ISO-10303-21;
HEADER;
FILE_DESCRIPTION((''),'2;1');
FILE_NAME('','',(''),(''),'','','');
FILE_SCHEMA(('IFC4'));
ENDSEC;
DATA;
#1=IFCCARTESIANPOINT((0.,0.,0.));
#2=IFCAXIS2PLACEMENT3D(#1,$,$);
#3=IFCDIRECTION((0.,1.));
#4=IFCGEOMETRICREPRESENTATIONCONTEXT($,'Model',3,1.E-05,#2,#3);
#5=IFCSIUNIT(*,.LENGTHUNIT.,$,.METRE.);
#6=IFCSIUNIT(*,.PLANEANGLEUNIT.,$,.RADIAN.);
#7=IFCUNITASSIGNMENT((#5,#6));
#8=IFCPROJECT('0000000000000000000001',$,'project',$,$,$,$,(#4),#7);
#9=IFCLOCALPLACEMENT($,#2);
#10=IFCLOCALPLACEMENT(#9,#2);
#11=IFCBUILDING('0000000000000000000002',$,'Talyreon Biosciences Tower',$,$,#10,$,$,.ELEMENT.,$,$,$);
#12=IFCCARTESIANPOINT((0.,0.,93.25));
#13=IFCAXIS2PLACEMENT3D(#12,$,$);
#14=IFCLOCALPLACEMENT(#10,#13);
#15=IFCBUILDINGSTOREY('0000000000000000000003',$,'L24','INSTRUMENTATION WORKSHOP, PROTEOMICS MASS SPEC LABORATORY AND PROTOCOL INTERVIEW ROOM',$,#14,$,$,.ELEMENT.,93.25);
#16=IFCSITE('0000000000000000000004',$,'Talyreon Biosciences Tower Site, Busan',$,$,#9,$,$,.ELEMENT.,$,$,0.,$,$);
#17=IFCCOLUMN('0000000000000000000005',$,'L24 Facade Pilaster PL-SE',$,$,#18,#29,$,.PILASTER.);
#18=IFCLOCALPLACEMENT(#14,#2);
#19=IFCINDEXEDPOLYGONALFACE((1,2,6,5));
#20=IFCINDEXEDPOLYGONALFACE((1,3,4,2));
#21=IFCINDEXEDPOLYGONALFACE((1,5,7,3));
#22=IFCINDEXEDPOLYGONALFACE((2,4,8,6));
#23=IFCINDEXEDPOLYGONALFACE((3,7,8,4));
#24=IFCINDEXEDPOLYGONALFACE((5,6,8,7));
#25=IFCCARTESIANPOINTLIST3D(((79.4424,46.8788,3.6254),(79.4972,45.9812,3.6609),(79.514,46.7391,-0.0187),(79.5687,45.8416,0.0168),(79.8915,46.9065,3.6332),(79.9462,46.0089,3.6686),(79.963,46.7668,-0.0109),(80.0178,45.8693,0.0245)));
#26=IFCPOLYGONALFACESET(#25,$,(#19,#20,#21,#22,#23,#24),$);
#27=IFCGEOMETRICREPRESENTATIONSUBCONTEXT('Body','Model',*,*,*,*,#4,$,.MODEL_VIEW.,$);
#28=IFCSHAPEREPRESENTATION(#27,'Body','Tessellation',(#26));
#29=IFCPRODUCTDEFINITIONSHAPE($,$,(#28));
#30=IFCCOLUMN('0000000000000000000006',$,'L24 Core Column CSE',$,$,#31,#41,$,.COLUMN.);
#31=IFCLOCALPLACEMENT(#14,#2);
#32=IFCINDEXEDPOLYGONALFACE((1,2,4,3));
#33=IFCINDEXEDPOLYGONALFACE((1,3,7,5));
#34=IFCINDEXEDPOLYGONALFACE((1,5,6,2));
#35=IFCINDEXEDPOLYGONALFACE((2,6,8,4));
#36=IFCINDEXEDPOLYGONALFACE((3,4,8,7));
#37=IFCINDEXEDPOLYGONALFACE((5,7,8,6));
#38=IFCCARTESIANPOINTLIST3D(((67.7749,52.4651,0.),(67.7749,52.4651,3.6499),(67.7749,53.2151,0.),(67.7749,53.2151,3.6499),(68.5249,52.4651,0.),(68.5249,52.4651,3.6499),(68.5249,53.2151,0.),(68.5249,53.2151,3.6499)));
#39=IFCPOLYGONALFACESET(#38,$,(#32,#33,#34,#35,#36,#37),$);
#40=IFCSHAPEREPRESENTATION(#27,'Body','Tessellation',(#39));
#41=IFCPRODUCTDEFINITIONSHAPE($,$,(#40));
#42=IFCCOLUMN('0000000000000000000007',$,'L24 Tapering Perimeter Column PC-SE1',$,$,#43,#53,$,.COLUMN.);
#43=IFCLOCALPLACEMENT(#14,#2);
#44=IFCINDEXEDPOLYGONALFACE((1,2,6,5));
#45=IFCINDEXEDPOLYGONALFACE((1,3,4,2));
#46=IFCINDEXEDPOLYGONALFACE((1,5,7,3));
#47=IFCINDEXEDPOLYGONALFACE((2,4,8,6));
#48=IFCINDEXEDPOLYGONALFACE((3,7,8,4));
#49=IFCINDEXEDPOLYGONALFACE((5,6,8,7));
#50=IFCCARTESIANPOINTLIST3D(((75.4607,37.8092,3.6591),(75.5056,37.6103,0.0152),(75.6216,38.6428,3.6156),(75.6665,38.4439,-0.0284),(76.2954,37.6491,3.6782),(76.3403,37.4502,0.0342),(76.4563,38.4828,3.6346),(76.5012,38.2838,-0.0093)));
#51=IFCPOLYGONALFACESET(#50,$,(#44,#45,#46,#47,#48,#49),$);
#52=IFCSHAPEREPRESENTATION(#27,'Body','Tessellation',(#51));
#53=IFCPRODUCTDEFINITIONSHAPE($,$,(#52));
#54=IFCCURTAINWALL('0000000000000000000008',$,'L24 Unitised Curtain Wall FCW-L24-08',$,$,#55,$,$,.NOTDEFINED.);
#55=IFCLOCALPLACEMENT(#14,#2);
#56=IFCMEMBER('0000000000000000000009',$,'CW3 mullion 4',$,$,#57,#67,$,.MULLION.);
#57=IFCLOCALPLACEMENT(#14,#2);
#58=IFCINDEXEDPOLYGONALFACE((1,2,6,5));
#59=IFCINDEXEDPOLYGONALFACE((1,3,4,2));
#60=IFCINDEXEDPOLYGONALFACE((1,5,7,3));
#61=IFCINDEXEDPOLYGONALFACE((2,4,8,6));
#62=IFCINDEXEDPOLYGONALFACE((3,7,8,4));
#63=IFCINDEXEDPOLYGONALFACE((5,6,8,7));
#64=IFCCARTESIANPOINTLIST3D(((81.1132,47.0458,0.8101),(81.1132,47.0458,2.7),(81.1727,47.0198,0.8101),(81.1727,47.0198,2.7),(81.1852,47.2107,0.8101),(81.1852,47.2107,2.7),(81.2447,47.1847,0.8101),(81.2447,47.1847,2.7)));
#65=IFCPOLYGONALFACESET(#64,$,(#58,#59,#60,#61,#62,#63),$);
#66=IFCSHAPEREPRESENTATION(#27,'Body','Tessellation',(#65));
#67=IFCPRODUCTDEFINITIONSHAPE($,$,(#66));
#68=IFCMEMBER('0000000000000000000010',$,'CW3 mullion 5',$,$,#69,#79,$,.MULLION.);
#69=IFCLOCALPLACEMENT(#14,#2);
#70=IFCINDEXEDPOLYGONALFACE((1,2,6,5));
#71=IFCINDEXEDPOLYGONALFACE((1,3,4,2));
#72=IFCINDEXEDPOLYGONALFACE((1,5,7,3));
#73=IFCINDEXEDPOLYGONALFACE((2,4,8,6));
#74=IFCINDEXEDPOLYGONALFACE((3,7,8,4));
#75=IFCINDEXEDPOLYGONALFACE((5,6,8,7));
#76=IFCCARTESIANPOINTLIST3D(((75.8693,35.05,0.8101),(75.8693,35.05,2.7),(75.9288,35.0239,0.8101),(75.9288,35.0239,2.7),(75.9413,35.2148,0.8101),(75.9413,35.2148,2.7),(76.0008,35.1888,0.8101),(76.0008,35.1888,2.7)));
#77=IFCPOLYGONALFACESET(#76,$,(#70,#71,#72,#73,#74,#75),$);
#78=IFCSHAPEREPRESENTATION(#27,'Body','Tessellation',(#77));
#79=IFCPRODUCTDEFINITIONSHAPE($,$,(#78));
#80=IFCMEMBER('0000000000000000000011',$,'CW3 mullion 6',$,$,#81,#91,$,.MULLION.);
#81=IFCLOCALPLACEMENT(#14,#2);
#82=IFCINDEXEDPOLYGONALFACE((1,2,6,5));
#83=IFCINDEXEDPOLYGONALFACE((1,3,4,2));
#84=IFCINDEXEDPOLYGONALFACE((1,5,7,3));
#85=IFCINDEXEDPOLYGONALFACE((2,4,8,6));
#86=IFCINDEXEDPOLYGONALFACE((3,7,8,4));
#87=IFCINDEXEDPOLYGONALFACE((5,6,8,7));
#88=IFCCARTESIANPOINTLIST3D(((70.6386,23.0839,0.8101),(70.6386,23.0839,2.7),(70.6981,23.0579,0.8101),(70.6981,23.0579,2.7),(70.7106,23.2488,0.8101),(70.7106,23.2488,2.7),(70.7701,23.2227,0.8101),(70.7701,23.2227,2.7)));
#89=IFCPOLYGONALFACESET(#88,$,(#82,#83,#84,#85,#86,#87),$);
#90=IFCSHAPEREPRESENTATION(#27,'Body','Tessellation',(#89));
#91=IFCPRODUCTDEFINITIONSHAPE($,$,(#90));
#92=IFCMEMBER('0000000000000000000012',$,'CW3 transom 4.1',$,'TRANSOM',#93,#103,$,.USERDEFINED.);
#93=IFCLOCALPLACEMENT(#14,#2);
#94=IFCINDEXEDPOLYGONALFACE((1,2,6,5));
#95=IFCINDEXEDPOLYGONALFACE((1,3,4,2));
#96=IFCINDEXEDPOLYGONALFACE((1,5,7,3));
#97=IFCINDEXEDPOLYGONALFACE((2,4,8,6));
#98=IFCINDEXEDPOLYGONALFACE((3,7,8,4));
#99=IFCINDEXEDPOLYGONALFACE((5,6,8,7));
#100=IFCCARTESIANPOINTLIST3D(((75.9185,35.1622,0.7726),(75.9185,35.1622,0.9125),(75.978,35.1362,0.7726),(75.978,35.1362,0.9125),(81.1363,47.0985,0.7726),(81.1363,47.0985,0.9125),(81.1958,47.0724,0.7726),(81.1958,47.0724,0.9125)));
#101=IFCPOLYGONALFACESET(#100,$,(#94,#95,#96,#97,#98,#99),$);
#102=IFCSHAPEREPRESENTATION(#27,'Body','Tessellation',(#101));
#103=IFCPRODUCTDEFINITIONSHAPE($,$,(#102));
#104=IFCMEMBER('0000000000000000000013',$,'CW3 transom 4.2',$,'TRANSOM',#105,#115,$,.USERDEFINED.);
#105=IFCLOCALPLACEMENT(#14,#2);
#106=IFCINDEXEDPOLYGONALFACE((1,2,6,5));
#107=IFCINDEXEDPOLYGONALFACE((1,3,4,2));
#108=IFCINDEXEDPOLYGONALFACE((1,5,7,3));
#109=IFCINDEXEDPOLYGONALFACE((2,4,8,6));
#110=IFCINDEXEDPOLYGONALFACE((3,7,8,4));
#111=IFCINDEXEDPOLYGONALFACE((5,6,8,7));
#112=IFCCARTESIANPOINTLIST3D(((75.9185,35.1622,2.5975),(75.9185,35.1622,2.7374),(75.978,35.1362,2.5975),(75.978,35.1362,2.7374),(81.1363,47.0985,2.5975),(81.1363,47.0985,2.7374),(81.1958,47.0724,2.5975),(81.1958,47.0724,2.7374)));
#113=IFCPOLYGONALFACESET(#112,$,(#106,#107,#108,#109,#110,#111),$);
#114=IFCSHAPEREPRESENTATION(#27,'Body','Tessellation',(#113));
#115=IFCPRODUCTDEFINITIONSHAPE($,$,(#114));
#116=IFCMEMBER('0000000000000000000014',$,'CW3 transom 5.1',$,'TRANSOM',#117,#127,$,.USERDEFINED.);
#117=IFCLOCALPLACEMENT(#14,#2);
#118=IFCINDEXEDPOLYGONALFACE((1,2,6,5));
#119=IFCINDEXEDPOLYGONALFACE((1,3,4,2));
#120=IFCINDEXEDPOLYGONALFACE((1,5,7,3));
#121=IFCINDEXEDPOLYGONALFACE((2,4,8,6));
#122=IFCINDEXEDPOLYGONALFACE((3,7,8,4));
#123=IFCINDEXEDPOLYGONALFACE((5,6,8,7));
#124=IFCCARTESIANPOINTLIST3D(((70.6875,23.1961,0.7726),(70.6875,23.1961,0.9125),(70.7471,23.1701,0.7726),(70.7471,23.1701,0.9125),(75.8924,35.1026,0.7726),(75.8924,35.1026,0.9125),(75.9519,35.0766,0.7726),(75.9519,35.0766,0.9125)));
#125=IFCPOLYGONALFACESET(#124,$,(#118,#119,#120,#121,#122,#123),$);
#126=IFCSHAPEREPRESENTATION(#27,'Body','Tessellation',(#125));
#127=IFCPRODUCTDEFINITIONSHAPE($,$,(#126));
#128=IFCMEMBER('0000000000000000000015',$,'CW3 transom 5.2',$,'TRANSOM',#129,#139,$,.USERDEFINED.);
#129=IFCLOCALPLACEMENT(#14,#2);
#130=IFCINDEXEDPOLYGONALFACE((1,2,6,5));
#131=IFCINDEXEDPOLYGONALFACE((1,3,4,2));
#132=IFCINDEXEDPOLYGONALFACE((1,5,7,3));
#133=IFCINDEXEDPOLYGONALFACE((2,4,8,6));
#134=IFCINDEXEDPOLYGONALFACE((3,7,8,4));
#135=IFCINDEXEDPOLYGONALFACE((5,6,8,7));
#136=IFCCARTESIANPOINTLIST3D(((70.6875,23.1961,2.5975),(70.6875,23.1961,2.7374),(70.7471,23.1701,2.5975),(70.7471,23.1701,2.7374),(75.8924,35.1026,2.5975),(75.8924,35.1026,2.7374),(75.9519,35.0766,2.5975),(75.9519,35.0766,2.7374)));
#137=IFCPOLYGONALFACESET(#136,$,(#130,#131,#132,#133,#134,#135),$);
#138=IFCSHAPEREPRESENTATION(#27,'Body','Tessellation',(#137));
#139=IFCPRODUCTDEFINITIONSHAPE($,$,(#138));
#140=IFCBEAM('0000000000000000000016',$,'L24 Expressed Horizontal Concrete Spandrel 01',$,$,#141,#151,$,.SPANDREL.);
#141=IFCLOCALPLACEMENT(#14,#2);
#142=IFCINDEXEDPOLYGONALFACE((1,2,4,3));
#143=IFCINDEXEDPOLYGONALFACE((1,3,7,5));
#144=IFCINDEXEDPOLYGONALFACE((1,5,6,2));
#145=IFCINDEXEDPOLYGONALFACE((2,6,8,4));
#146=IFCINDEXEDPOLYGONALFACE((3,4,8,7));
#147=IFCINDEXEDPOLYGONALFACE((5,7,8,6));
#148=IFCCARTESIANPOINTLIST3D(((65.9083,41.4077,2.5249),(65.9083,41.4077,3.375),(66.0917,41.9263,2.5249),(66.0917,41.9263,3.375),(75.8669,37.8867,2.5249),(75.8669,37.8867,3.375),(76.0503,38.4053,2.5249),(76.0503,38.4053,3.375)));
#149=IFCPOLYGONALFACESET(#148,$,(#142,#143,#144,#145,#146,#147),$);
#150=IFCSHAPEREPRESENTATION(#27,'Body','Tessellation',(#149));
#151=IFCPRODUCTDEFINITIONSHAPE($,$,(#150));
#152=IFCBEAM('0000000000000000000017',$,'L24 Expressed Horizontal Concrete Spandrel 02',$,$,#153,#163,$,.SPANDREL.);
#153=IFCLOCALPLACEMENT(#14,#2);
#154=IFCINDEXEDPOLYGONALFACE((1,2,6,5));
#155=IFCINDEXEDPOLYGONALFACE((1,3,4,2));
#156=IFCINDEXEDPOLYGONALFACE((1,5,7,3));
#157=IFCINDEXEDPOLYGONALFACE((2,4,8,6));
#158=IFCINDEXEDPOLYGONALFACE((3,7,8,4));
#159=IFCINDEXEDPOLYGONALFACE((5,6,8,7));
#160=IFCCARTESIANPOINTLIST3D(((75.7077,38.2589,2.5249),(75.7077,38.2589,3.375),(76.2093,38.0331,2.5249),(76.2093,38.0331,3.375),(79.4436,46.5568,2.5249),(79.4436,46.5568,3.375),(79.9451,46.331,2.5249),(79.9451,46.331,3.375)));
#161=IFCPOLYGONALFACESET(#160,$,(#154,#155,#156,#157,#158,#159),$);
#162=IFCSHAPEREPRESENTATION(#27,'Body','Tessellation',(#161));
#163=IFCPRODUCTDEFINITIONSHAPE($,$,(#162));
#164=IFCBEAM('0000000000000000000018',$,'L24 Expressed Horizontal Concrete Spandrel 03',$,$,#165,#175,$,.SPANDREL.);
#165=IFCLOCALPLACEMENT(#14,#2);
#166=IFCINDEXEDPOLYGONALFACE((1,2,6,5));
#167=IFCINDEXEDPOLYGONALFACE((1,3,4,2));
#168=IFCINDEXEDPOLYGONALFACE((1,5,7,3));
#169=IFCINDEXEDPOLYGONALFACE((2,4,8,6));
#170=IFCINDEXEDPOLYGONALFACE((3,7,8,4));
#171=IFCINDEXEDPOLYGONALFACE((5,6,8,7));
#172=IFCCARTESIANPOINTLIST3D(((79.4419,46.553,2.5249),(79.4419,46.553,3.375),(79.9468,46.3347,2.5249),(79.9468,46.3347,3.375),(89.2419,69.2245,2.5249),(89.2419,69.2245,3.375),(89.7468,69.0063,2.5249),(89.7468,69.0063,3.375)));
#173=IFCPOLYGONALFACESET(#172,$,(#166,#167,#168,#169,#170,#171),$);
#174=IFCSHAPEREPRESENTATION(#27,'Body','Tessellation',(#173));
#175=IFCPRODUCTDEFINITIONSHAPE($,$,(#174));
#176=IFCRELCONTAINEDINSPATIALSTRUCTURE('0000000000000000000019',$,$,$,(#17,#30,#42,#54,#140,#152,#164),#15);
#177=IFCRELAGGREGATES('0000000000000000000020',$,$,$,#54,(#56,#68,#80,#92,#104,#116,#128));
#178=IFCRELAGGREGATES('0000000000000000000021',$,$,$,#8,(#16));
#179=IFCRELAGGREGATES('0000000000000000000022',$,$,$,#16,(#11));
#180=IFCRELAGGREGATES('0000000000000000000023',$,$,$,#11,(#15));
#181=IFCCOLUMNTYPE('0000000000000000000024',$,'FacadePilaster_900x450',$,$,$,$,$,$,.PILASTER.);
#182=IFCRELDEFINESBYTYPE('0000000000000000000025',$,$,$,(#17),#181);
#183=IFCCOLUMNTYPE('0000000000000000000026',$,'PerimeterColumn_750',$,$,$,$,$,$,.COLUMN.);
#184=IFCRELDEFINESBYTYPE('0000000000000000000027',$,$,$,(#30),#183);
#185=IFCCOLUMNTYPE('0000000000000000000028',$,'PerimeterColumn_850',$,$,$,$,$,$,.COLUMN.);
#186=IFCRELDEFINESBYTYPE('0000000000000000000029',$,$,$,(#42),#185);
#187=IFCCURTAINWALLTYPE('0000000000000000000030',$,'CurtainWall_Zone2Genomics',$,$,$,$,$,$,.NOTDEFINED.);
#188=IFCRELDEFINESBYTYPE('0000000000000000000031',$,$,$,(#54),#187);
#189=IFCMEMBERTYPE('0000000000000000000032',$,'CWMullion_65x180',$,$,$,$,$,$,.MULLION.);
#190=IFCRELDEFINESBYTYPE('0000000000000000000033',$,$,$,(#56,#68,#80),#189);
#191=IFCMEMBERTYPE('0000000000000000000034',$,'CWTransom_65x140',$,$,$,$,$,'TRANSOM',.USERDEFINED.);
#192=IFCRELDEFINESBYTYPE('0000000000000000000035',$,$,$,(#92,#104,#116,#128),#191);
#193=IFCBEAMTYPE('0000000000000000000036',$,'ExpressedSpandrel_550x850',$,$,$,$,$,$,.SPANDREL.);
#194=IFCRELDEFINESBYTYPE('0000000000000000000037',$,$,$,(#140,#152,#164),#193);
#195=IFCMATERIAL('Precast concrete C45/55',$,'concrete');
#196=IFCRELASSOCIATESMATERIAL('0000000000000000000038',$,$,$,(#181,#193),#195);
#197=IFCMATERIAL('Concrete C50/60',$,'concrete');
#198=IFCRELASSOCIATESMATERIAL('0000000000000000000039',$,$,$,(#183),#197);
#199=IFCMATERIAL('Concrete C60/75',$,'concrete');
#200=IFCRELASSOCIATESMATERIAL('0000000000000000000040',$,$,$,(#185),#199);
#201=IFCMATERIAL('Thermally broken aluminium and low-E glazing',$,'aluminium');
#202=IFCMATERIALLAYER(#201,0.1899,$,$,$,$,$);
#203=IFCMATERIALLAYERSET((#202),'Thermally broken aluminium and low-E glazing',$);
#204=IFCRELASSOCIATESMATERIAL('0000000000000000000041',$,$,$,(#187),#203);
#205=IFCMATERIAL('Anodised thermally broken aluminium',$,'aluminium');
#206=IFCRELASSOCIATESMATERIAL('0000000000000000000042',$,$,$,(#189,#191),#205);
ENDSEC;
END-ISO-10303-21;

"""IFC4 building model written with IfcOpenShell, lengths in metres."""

from ifc_helpers import new_model, si_unit, direction, frame, origin, origin_2d, place, context, subcontext, project, spatial, rectangle, extrude, material, layer, layer_set, material_profile, profile_set, type_object, element, aggregate, save


model = new_model("IFC4")

# Units and contexts
model_context = context("Model", 3, precision=1e-05, world=origin(), true_north=direction((0.0, 1.0)))
body_context = subcontext(model_context, "Body", "Model", "MODEL_VIEW")
ifc_project = project(units=[si_unit("LENGTHUNIT", "METRE"), si_unit("PLANEANGLEUNIT", "RADIAN")], contexts=[model_context])

# Site, building, storey
site_placement = place(None, origin())
site = spatial("IfcSite", under=ifc_project, at=site_placement, Name="Talyreon Biosciences Tower Site, Busan", CompositionType="ELEMENT", RefElevation=0.0)
building_placement = place(site_placement, origin())
building = spatial("IfcBuilding", under=site, at=building_placement, Name="Talyreon Biosciences Tower", CompositionType="ELEMENT")
storey_placement = place(building_placement, frame((0.0, 0.0, 93.25)))
storey = spatial("IfcBuildingStorey", under=building, at=storey_placement, Name="L24", Description="INSTRUMENTATION WORKSHOP, PROTEOMICS MASS SPEC LABORATORY AND PROTOCOL INTERVIEW ROOM", CompositionType="ELEMENT", Elevation=93.25)

# Columns
ifc_material_1 = material(Name="Precast concrete C45/55", Category="concrete")
ifc_material_profile_1 = material_profile(ifc_material_1, rectangle(XDim=0.8999, YDim=0.45, at=origin_2d()), Name="RC 900x450")
ifc_profile_set_1 = profile_set([ifc_material_profile_1], Name="Precast concrete C45/55")
column_type_1 = type_object("IfcColumnType", Name="FacadePilaster_900x450", PredefinedType="PILASTER", material=ifc_profile_set_1)
column_1_placement = place(storey_placement, frame((79.7659, 46.3042, 0.0029), z_axis=(-0.019612, 0.038287, 0.999074), x_axis=(0.060858, -0.997368, 0.039416)))
element("IfcColumn", 1, at=column_1_placement, inside=storey, type_object=column_type_1, Name="L24 Facade Pilaster PL-SE", PredefinedType="PILASTER", context=body_context, shape_type="SweptSolid", body=[
    extrude(rectangle(XDim=0.8999, YDim=0.45, at=origin_2d()), origin(), (0.0, 0.0, 1.0), 3.6475),
])
ifc_material_2 = material(Name="Concrete C50/60", Category="concrete")
ifc_material_profile_2 = material_profile(ifc_material_2, rectangle(XDim=0.75, YDim=0.75, at=origin_2d()), Name="RC 750x750")
ifc_profile_set_2 = profile_set([ifc_material_profile_2], Name="Concrete C50/60")
column_type_2 = type_object("IfcColumnType", Name="PerimeterColumn_750", PredefinedType="COLUMN", material=ifc_profile_set_2)
column_2_placement = place(storey_placement, frame((68.1499, 52.8401, 0.0), z_axis=(0.0, 0.0, 1.0), x_axis=(1.0, 0.0, 0.0)))
element("IfcColumn", 2, at=column_2_placement, inside=storey, type_object=column_type_2, Name="L24 Core Column CSE", PredefinedType="COLUMN", context=body_context, shape_type="SweptSolid", body=[
    extrude(rectangle(XDim=0.75, YDim=0.75, at=origin_2d()), origin(), (0.0, 0.0, 1.0), 3.6499),
])
ifc_material_3 = material(Name="Concrete C60/75", Category="concrete")
ifc_material_profile_3 = material_profile(ifc_material_3, rectangle(XDim=0.8501, YDim=0.8501, at=origin_2d()), Name="RC 850x850")
ifc_profile_set_3 = profile_set([ifc_material_profile_3], Name="Concrete C60/75")
column_type_3 = type_object("IfcColumnType", Name="PerimeterColumn_850", PredefinedType="COLUMN", material=ifc_profile_set_3)
column_3_placement = place(storey_placement, frame((76.0034, 37.947, 0.0029), z_axis=(-0.012308, 0.054517, 0.998437), x_axis=(-0.189236, -0.980595, 0.05121)))
element("IfcColumn", 3, at=column_3_placement, inside=storey, type_object=column_type_3, Name="L24 Tapering Perimeter Column PC-SE1", PredefinedType="COLUMN", context=body_context, shape_type="SweptSolid", body=[
    extrude(rectangle(XDim=0.8501, YDim=0.8501, at=origin_2d()), origin(), (0.0, 0.0, 1.0), 3.6497),
])

# Curtain wall, members
ifc_material_4 = material(Name="Thermally broken aluminium and low-E glazing", Category="aluminium")
ifc_layer_1 = layer(ifc_material_4, 0.1899)
ifc_layer_set_1 = layer_set([ifc_layer_1], Name="Thermally broken aluminium and low-E glazing")
curtain_wall_type = type_object("IfcCurtainWallType", Name="CurtainWall_Zone2Genomics", PredefinedType="NOTDEFINED", material=ifc_layer_set_1)
curtain_wall_placement = place(storey_placement, origin())
curtain_wall = element("IfcCurtainWall", 4, at=curtain_wall_placement, inside=storey, type_object=curtain_wall_type, Name="L24 Unitised Curtain Wall FCW-L24-08", PredefinedType="NOTDEFINED")
ifc_material_5 = material(Name="Anodised thermally broken aluminium", Category="aluminium")
ifc_material_profile_4 = material_profile(ifc_material_5, rectangle(XDim=0.0649, YDim=0.1799, at=origin_2d()), Name="ALUM MULLION 65x180")
ifc_profile_set_4 = profile_set([ifc_material_profile_4], Name="Anodised thermally broken aluminium")
member_type_1 = type_object("IfcMemberType", Name="CWMullion_65x180", PredefinedType="MULLION", material=ifc_profile_set_4)
member_1_placement = place(storey_placement, frame((81.179, 47.1152, 0.8101), z_axis=(0.0, 0.0, 1.0), x_axis=(0.916278, -0.400542, 0.0)))
member_1 = element("IfcMember", 5, at=member_1_placement, type_object=member_type_1, Name="CW3 mullion 4", PredefinedType="MULLION", context=body_context, shape_type="SweptSolid", body=[
    extrude(rectangle(XDim=0.0649, YDim=0.1799, at=origin_2d()), origin(), (0.0, 0.0, 1.0), 1.8899),
])
member_2_placement = place(storey_placement, frame((75.9351, 35.1194, 0.8101), z_axis=(0.0, 0.0, 1.0), x_axis=(0.916278, -0.400542, 0.0)))
member_2 = element("IfcMember", 6, at=member_2_placement, type_object=member_type_1, Name="CW3 mullion 5", PredefinedType="MULLION", context=body_context, shape_type="SweptSolid", body=[
    extrude(rectangle(XDim=0.0649, YDim=0.1799, at=origin_2d()), origin(), (0.0, 0.0, 1.0), 1.8899),
])
member_3_placement = place(storey_placement, frame((70.7043, 23.1533, 0.8101), z_axis=(0.0, 0.0, 1.0), x_axis=(0.916278, -0.400542, 0.0)))
member_3 = element("IfcMember", 7, at=member_3_placement, type_object=member_type_1, Name="CW3 mullion 6", PredefinedType="MULLION", context=body_context, shape_type="SweptSolid", body=[
    extrude(rectangle(XDim=0.0649, YDim=0.1799, at=origin_2d()), origin(), (0.0, 0.0, 1.0), 1.8899),
])
ifc_material_profile_5 = material_profile(ifc_material_5, rectangle(XDim=0.0649, YDim=0.1399, at=origin_2d()), Name="ALUM TRANSOM 65x140")
ifc_profile_set_5 = profile_set([ifc_material_profile_5], Name="Anodised thermally broken aluminium")
member_type_2 = type_object("IfcMemberType", Name="CWTransom_65x140", ElementType="TRANSOM", PredefinedType="USERDEFINED", material=ifc_profile_set_5)
member_4_placement = place(storey_placement, frame((81.166, 47.0854, 0.8425), z_axis=(-0.400539, -0.91628, 0.0), x_axis=(0.91628, -0.400539, 0.0)))
member_4 = element("IfcMember", 8, at=member_4_placement, type_object=member_type_2, Name="CW3 transom 4.1", ObjectType="TRANSOM", PredefinedType="USERDEFINED", context=body_context, shape_type="SweptSolid", body=[
    extrude(rectangle(XDim=0.0649, YDim=0.1399, at=origin_2d()), origin(), (0.0, 0.0, 1.0), 13.0269),
])
member_5_placement = place(storey_placement, frame((81.166, 47.0854, 2.6675), z_axis=(-0.400539, -0.91628, 0.0), x_axis=(0.91628, -0.400539, 0.0)))
member_5 = element("IfcMember", 9, at=member_5_placement, type_object=member_type_2, Name="CW3 transom 4.2", ObjectType="TRANSOM", PredefinedType="USERDEFINED", context=body_context, shape_type="SweptSolid", body=[
    extrude(rectangle(XDim=0.0649, YDim=0.1399, at=origin_2d()), origin(), (0.0, 0.0, 1.0), 13.0269),
])
member_6_placement = place(storey_placement, frame((75.9221, 35.0896, 0.8425), z_axis=(-0.400544, -0.916278, 0.0), x_axis=(0.916278, -0.400544, 0.0)))
member_6 = element("IfcMember", 10, at=member_6_placement, type_object=member_type_2, Name="CW3 transom 5.1", ObjectType="TRANSOM", PredefinedType="USERDEFINED", context=body_context, shape_type="SweptSolid", body=[
    extrude(rectangle(XDim=0.0649, YDim=0.1399, at=origin_2d()), origin(), (0.0, 0.0, 1.0), 12.9944),
])
member_7_placement = place(storey_placement, frame((75.9221, 35.0896, 2.6675), z_axis=(-0.400544, -0.916278, 0.0), x_axis=(0.916278, -0.400544, 0.0)))
member_7 = element("IfcMember", 11, at=member_7_placement, type_object=member_type_2, Name="CW3 transom 5.2", ObjectType="TRANSOM", PredefinedType="USERDEFINED", context=body_context, shape_type="SweptSolid", body=[
    extrude(rectangle(XDim=0.0649, YDim=0.1399, at=origin_2d()), origin(), (0.0, 0.0, 1.0), 12.9944),
])

# Beams
ifc_material_profile_6 = material_profile(ifc_material_1, rectangle(XDim=0.55, YDim=0.8501, at=origin_2d()), Name="RCB 550x850")
ifc_profile_set_6 = profile_set([ifc_material_profile_6], Name="Precast concrete C45/55")
beam_type_1 = type_object("IfcBeamType", Name="ExpressedSpandrel_550x850", PredefinedType="SPANDREL", material=ifc_profile_set_6)
beam_1_placement = place(storey_placement, frame((66.0, 41.667, 2.95), z_axis=(0.942805, -0.333345, 0.0), x_axis=(0.333345, 0.942805, 0.0)))
element("IfcBeam", 12, at=beam_1_placement, inside=storey, type_object=beam_type_1, Name="L24 Expressed Horizontal Concrete Spandrel 01", PredefinedType="SPANDREL", context=body_context, shape_type="SweptSolid", body=[
    extrude(rectangle(XDim=0.55, YDim=0.8501, at=origin_2d()), origin(), (0.0, 0.0, 1.0), 10.5627),
])
beam_2_placement = place(storey_placement, frame((75.9585, 38.146, 2.95), z_axis=(0.41053, 0.911847, 0.0), x_axis=(-0.911847, 0.41053, 0.0)))
element("IfcBeam", 13, at=beam_2_placement, inside=storey, type_object=beam_type_1, Name="L24 Expressed Horizontal Concrete Spandrel 02", PredefinedType="SPANDREL", context=body_context, shape_type="SweptSolid", body=[
    extrude(rectangle(XDim=0.55, YDim=0.8501, at=origin_2d()), origin(), (0.0, 0.0, 1.0), 9.1001),
])
beam_3_placement = place(storey_placement, frame((79.6943, 46.4438, 2.95), z_axis=(0.396778, 0.917915, 0.0), x_axis=(-0.917915, 0.396778, 0.0)))
element("IfcBeam", 14, at=beam_3_placement, inside=storey, type_object=beam_type_1, Name="L24 Expressed Horizontal Concrete Spandrel 03", PredefinedType="SPANDREL", context=body_context, shape_type="SweptSolid", body=[
    extrude(rectangle(XDim=0.55, YDim=0.8501, at=origin_2d()), origin(), (0.0, 0.0, 1.0), 24.699),
])

aggregate(curtain_wall, [member_1, member_2, member_3, member_4, member_5, member_6, member_7])

save(model, "model.ifc")
